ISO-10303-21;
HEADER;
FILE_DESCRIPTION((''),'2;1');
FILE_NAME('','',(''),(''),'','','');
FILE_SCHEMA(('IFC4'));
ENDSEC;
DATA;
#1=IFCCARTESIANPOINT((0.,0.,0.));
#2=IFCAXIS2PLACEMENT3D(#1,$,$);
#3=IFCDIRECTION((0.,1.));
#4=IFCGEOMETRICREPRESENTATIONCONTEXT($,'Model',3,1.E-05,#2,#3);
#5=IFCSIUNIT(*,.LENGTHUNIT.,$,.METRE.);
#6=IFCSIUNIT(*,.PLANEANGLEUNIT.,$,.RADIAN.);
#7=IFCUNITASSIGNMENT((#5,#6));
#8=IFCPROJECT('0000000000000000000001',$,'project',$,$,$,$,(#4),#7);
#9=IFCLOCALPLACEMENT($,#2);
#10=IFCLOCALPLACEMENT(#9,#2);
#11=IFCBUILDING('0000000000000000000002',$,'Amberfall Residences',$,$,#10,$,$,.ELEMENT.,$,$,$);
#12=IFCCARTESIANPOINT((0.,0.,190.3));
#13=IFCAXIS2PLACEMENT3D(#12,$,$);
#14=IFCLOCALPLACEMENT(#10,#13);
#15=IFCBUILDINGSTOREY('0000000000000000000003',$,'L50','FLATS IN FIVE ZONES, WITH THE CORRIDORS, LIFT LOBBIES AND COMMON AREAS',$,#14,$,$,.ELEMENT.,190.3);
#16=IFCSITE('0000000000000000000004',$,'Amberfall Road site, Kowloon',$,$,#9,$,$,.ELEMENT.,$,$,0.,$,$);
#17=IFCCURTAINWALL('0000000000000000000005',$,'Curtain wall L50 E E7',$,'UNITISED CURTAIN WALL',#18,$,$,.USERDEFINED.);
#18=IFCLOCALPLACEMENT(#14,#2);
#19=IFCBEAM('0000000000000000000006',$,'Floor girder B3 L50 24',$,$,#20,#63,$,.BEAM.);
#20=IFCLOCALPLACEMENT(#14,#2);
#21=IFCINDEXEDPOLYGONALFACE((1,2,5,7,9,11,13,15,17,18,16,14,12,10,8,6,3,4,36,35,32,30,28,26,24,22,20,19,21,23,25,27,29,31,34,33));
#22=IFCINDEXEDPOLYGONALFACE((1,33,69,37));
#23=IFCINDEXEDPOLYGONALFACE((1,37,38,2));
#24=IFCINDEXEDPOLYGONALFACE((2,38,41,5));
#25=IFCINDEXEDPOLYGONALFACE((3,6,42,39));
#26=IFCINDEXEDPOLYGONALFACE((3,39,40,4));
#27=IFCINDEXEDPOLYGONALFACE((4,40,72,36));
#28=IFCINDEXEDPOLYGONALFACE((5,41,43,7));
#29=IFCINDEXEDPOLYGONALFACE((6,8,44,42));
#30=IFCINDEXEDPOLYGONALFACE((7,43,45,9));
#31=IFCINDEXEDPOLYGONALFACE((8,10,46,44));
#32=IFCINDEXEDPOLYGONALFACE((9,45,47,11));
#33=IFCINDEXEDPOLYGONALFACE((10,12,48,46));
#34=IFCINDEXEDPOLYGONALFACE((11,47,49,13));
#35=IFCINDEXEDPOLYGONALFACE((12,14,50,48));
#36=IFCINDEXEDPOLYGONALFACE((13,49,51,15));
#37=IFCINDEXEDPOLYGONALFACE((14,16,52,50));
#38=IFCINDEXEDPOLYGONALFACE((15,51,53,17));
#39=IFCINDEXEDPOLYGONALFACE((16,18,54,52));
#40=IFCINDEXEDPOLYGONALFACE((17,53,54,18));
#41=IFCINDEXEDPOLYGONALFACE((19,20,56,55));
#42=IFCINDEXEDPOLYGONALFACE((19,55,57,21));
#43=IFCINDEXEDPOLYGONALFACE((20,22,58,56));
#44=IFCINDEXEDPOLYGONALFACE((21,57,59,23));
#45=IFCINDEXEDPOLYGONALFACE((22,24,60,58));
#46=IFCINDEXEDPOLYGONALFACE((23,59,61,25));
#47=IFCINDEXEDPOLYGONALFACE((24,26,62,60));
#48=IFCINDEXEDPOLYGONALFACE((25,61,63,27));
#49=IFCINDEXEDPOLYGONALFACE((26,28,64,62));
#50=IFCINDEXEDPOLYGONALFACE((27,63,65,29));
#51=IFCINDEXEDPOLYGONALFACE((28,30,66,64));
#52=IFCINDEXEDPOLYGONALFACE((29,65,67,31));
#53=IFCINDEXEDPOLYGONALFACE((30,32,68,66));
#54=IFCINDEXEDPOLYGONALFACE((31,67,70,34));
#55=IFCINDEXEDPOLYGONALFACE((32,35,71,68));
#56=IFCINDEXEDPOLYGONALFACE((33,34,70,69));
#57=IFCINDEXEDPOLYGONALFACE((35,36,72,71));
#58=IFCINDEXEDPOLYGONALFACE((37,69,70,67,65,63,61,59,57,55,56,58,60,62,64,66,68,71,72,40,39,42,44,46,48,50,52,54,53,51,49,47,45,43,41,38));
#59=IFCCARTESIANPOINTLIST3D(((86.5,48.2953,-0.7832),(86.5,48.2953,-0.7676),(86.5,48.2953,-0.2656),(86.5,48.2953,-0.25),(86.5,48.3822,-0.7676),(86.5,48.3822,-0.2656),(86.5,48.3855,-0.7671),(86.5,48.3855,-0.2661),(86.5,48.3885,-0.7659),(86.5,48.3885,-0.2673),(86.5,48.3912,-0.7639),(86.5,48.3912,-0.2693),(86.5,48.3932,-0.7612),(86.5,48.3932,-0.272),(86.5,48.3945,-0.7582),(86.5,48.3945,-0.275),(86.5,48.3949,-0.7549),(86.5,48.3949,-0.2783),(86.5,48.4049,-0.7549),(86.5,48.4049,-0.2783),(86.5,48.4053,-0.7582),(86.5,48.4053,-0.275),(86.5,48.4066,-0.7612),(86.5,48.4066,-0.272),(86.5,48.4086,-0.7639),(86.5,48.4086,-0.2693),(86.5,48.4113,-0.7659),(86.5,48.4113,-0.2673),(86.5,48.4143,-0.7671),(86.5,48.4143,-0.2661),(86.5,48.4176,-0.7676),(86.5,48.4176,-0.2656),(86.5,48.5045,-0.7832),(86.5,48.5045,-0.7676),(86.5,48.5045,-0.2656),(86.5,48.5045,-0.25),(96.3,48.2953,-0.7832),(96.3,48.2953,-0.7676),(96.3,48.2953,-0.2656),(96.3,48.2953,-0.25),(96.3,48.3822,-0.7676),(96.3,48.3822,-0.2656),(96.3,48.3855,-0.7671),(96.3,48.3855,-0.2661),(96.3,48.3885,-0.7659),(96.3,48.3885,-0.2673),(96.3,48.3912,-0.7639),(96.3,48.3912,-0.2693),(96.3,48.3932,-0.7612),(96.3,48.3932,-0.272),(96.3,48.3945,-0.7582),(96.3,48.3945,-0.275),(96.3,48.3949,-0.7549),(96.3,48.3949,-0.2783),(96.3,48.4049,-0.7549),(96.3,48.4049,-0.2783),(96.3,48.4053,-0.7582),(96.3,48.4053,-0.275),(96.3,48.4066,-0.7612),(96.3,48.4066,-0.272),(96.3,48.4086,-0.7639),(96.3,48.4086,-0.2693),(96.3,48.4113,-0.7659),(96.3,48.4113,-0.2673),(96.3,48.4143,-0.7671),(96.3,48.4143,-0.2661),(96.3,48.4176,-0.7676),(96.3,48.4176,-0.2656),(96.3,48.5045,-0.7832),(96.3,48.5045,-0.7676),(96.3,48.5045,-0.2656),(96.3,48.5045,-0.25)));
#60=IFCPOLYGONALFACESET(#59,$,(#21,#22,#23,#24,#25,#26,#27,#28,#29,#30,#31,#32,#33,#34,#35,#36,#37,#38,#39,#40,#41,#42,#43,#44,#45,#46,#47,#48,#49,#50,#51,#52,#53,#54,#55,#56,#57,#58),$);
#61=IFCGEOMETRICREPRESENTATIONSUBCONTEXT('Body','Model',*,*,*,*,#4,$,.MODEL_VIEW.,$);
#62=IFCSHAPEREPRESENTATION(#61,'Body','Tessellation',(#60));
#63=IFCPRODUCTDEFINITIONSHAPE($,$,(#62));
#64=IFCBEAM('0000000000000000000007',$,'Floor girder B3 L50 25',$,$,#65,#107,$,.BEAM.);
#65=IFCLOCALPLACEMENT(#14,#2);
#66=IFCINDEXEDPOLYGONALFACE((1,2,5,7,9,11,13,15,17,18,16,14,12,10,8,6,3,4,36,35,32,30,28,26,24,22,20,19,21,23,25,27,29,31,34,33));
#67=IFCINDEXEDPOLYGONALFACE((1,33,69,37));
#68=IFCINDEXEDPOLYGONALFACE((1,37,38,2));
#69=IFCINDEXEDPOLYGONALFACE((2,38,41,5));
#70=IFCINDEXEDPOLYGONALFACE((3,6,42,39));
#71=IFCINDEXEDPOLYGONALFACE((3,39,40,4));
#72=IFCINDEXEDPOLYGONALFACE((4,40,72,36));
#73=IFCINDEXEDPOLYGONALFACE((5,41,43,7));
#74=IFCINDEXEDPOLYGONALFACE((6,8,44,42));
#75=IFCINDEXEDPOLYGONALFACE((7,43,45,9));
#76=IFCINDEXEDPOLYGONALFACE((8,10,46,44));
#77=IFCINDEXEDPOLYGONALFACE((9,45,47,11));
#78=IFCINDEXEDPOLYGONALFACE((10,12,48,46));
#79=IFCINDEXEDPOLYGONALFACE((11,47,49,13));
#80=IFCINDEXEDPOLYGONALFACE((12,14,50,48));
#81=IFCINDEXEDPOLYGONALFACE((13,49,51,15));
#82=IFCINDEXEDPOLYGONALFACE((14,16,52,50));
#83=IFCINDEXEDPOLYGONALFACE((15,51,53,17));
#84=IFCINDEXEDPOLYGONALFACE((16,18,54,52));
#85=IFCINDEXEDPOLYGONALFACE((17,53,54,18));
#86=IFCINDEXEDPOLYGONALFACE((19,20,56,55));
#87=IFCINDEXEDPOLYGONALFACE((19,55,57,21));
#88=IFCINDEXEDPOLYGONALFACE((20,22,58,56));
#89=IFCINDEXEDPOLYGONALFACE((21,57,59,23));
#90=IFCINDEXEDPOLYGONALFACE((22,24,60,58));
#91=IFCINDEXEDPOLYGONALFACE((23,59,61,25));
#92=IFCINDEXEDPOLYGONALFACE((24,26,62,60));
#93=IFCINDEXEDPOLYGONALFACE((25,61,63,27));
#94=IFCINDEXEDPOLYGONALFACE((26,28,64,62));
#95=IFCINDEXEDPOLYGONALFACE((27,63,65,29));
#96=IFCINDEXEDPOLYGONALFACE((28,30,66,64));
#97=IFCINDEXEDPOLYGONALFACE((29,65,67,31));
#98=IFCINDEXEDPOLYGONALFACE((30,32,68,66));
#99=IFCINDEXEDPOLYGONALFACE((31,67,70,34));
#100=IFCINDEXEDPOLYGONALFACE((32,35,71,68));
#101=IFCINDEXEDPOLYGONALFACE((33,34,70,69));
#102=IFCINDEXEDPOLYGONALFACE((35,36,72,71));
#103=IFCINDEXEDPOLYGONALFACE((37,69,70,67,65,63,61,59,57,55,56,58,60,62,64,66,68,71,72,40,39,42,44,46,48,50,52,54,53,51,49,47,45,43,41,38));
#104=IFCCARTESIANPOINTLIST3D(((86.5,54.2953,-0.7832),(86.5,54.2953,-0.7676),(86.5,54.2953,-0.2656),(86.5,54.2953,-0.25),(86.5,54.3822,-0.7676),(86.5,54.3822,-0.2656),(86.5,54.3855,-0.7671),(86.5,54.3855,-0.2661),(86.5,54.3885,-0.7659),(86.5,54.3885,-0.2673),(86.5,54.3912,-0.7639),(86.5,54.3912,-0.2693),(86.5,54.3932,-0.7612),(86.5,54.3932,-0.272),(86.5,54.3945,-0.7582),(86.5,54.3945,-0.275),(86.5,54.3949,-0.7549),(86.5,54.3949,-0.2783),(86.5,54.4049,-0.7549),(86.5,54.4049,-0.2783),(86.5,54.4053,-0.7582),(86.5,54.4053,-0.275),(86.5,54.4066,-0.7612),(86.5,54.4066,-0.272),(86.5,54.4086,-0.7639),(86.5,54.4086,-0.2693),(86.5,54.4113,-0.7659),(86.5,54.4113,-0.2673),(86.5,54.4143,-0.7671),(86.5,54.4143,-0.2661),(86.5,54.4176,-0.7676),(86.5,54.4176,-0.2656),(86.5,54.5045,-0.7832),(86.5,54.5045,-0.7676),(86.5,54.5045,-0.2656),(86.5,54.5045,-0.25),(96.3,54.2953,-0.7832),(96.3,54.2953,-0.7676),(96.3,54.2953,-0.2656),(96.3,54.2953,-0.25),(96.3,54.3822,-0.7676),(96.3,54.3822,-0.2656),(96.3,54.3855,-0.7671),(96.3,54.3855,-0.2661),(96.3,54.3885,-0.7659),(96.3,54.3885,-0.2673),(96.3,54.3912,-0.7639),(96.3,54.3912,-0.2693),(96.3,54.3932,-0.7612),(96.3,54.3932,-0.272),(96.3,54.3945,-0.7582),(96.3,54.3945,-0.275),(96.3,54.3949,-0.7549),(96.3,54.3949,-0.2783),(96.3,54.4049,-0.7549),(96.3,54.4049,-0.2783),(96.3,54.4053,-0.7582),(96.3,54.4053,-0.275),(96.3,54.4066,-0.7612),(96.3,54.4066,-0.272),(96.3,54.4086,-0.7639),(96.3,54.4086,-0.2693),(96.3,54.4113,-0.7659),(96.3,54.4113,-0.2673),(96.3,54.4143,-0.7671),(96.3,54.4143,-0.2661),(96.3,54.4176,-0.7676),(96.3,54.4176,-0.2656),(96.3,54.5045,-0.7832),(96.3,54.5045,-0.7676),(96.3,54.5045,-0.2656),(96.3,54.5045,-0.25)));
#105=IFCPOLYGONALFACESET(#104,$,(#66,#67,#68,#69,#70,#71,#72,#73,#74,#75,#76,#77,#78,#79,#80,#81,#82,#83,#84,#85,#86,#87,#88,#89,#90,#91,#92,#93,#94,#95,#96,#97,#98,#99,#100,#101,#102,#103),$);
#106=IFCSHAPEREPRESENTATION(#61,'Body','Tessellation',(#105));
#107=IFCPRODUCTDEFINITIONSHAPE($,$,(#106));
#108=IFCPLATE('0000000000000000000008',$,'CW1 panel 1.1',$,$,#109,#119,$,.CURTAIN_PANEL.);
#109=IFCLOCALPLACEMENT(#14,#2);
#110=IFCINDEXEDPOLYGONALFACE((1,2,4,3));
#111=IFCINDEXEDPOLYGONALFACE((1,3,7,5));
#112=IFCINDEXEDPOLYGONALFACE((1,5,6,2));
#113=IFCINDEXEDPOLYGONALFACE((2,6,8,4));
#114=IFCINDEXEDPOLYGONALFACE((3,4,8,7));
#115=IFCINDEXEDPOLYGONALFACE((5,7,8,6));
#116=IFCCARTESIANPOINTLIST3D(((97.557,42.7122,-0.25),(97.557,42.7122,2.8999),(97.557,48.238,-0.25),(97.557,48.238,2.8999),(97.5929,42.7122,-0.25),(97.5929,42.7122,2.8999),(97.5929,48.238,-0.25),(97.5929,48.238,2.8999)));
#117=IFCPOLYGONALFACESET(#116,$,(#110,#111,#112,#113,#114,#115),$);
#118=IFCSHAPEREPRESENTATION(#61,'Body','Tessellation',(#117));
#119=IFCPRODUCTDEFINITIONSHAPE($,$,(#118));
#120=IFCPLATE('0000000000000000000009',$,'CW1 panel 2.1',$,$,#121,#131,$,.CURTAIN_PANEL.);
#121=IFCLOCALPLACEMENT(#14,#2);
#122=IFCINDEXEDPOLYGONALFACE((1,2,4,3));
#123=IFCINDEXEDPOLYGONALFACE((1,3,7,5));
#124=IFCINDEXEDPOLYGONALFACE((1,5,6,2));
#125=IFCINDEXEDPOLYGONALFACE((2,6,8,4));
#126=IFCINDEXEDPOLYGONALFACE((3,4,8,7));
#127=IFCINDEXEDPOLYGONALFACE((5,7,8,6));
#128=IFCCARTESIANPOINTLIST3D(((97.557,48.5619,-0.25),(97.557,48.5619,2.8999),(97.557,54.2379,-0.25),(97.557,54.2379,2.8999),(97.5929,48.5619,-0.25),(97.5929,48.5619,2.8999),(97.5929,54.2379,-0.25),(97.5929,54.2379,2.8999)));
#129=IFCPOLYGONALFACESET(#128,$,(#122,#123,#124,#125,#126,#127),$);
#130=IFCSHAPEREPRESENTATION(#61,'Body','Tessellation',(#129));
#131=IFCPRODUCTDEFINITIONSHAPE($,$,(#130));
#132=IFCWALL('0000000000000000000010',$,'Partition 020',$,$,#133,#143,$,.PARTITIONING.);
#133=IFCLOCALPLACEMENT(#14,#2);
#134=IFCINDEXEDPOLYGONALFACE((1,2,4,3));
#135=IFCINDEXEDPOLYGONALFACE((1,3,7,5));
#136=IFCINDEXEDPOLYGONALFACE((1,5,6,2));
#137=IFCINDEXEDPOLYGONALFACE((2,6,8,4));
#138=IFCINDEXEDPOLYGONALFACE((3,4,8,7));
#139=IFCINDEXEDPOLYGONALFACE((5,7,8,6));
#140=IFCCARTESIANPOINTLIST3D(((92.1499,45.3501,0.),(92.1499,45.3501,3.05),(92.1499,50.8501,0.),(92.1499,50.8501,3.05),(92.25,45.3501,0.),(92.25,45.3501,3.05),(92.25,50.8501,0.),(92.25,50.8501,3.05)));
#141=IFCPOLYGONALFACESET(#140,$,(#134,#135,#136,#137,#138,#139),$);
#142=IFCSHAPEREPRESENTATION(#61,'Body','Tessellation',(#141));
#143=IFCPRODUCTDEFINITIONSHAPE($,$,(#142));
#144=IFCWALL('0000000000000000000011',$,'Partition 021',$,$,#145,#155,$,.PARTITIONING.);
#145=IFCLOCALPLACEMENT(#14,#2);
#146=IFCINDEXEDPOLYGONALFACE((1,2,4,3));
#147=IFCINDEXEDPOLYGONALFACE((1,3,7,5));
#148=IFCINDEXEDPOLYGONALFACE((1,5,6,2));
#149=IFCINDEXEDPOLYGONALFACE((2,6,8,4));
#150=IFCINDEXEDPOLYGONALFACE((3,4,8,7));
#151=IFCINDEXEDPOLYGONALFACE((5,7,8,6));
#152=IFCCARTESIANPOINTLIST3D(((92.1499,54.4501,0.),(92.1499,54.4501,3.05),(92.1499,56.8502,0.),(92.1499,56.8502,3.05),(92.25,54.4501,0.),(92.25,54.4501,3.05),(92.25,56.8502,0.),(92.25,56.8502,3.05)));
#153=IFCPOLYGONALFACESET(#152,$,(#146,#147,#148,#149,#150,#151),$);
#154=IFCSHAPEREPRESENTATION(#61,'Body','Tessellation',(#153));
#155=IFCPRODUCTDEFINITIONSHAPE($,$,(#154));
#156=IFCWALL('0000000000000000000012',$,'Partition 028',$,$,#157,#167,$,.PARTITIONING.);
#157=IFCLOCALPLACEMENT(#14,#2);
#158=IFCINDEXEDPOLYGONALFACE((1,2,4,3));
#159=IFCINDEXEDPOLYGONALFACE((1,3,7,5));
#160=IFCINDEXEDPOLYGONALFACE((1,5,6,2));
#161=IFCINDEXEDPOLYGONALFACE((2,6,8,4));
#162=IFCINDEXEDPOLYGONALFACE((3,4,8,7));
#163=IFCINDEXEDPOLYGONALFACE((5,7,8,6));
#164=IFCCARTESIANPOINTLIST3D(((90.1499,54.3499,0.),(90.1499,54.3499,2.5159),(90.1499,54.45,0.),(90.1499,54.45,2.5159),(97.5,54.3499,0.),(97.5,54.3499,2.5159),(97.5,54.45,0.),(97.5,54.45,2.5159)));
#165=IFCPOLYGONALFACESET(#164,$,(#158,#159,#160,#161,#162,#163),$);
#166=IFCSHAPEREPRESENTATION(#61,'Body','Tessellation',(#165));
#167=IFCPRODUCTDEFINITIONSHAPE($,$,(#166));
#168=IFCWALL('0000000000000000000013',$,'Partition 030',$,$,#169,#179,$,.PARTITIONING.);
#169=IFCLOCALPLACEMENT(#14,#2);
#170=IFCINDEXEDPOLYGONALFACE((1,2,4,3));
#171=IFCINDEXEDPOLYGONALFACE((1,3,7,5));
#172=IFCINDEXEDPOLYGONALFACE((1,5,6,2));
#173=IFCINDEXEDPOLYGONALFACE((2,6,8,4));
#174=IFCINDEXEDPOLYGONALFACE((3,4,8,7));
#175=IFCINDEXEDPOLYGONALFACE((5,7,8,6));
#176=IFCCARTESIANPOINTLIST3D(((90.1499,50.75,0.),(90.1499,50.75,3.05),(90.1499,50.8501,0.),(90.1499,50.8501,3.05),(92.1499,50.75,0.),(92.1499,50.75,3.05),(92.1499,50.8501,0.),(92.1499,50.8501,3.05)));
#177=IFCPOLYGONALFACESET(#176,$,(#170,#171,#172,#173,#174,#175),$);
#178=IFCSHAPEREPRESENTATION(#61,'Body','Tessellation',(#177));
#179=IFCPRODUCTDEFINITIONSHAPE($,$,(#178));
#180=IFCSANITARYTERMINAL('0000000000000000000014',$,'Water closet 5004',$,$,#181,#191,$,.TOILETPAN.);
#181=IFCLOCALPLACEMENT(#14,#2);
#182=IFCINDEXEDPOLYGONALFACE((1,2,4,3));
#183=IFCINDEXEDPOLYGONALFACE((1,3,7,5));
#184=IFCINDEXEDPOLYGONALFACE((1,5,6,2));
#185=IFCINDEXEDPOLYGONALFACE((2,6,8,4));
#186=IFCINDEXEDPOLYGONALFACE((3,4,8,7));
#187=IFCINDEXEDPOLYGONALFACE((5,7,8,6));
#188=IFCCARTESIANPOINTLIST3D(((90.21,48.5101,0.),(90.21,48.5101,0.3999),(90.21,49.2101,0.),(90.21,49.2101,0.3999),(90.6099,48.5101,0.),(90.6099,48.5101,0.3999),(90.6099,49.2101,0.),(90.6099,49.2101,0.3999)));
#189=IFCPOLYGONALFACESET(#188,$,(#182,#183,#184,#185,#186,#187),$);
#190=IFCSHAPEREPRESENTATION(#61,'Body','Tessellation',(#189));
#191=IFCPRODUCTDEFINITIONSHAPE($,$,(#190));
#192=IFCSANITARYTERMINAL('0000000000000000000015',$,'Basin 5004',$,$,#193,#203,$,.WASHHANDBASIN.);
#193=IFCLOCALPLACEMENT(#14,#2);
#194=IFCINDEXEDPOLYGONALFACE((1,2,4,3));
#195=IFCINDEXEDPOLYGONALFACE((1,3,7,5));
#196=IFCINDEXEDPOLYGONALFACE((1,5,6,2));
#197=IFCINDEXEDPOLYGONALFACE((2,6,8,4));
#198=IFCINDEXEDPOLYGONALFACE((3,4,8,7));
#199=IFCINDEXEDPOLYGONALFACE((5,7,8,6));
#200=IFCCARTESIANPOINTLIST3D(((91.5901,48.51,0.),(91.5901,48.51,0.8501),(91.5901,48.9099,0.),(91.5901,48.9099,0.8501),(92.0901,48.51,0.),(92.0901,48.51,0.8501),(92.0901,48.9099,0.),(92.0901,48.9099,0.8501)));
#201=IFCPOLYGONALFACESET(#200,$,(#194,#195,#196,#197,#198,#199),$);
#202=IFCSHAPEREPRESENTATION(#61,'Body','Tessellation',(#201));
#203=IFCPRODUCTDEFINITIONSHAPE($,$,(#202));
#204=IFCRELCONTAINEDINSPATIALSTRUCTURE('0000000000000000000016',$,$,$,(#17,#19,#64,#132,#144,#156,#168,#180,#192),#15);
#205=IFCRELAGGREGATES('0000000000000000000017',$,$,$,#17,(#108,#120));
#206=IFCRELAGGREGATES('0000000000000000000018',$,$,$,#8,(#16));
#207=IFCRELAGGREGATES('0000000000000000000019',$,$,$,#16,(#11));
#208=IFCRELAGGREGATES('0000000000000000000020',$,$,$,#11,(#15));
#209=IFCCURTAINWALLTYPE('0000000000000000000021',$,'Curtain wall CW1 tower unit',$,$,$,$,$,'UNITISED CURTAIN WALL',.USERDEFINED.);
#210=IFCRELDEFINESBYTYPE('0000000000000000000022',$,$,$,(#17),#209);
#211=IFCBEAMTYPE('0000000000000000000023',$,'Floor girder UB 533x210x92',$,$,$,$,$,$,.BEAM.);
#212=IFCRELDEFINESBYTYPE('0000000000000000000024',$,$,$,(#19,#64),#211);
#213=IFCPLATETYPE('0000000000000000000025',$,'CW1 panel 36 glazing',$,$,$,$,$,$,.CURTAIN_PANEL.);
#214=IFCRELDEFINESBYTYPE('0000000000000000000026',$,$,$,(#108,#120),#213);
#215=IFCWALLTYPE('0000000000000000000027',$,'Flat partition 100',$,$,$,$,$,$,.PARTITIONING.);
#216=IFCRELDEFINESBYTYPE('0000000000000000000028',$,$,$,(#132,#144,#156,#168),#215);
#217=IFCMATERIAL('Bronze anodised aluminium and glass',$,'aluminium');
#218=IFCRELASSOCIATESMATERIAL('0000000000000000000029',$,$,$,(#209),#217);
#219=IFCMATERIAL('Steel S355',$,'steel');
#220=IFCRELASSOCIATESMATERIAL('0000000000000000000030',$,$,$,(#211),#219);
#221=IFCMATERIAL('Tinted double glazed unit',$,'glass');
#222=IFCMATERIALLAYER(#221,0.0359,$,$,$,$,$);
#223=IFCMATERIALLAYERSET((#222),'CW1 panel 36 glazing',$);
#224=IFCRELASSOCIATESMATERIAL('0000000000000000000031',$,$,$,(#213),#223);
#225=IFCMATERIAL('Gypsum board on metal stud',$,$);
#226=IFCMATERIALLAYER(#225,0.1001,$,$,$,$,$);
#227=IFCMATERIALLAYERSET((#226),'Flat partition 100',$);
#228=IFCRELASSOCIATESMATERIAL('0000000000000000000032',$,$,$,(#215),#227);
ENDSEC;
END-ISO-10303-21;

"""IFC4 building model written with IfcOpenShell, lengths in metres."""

from ifc_helpers import new_model, si_unit, direction, frame, frame_2d, origin, origin_2d, place, context, subcontext, project, spatial, rectangle, i_section, extrude, material, layer, layer_set, material_profile, profile_set, type_object, element, aggregate, save


model = new_model("IFC4")

# Units and contexts
model_context = context("Model", 3, precision=1e-05, world=origin(), true_north=direction((0.0, 1.0)))
body_context = subcontext(model_context, "Body", "Model", "MODEL_VIEW")
ifc_project = project(units=[si_unit("LENGTHUNIT", "METRE"), si_unit("PLANEANGLEUNIT", "RADIAN")], contexts=[model_context])

# Site, building, storey
site_placement = place(None, origin())
site = spatial("IfcSite", under=ifc_project, at=site_placement, Name="Amberfall Road site, Kowloon", CompositionType="ELEMENT", RefElevation=0.0)
building_placement = place(site_placement, origin())
building = spatial("IfcBuilding", under=site, at=building_placement, Name="Amberfall Residences", CompositionType="ELEMENT")
storey_placement = place(building_placement, frame((0.0, 0.0, 190.3)))
storey = spatial("IfcBuildingStorey", under=building, at=storey_placement, Name="L50", Description="FLATS IN FIVE ZONES, WITH THE CORRIDORS, LIFT LOBBIES AND COMMON AREAS", CompositionType="ELEMENT", Elevation=190.3)

# Curtain wall
ifc_material_1 = material(Name="Bronze anodised aluminium and glass", Category="aluminium")
curtain_wall_type = type_object("IfcCurtainWallType", Name="Curtain wall CW1 tower unit", ElementType="UNITISED CURTAIN WALL", PredefinedType="USERDEFINED", material=ifc_material_1)
curtain_wall_placement = place(storey_placement, origin())
curtain_wall = element("IfcCurtainWall", 1, at=curtain_wall_placement, inside=storey, type_object=curtain_wall_type, Name="Curtain wall L50 E E7", ObjectType="UNITISED CURTAIN WALL", PredefinedType="USERDEFINED")

# Shared definitions
ifc_material_2 = material(Name="Steel S355", Category="steel")

# Beams
ifc_material_profile_1 = material_profile(ifc_material_2, i_section(OverallWidth=0.2092, OverallDepth=0.5332, WebThickness=0.01, FlangeThickness=0.0156, FilletRadius=0.0127, at=origin_2d()), Name="UB 533x210x92")
ifc_profile_set_1 = profile_set([ifc_material_profile_1], Name="Steel S355")
beam_type_1 = type_object("IfcBeamType", Name="Floor girder UB 533x210x92", PredefinedType="BEAM", material=ifc_profile_set_1)
for number, where, z_axis, x_axis, name in (
    (2, (96.3, 48.3999, -0.5166), (-1.0, 0.0, 0.0), (0.0, -1.0, 0.0), "Floor girder B3 L50 24"),
    (3, (96.3, 54.3999, -0.5166), (-1.0, 0.0, 0.0), (0.0, -1.0, 0.0), "Floor girder B3 L50 25"),
):
    element("IfcBeam", number, at=place(storey_placement, frame(where, z_axis=z_axis, x_axis=x_axis)), inside=storey, type_object=beam_type_1, Name=name, PredefinedType="BEAM", context=body_context, shape_type="SweptSolid", body=[
        extrude(i_section(OverallWidth=0.2092, OverallDepth=0.5332, WebThickness=0.01, FlangeThickness=0.0156, FilletRadius=0.0127, at=origin_2d()), origin(), (0.0, 0.0, 1.0), 9.8),
    ])

# Plates
ifc_material_3 = material(Name="Tinted double glazed unit", Category="glass")
ifc_layer_1 = layer(ifc_material_3, 0.0359)
ifc_layer_set_1 = layer_set([ifc_layer_1], Name="CW1 panel 36 glazing")
plate_type = type_object("IfcPlateType", Name="CW1 panel 36 glazing", PredefinedType="CURTAIN_PANEL", material=ifc_layer_set_1)
plate_1_placement = place(storey_placement, frame((97.575, 45.4751, -0.25), z_axis=(0.0, 0.0, 1.0), x_axis=(0.0, 1.0, 0.0)))
plate_1 = element("IfcPlate", 4, at=plate_1_placement, type_object=plate_type, Name="CW1 panel 1.1", PredefinedType="CURTAIN_PANEL", context=body_context, shape_type="SweptSolid", body=[
    extrude(rectangle(XDim=5.5259, YDim=0.0359, at=origin_2d()), origin(), (0.0, 0.0, 1.0), 3.1499),
])
plate_2_placement = place(storey_placement, frame((97.575, 51.3999, -0.25), z_axis=(0.0, 0.0, 1.0), x_axis=(0.0, 1.0, 0.0)))
plate_2 = element("IfcPlate", 5, at=plate_2_placement, type_object=plate_type, Name="CW1 panel 2.1", PredefinedType="CURTAIN_PANEL", context=body_context, shape_type="SweptSolid", body=[
    extrude(rectangle(XDim=5.676, YDim=0.0359, at=origin_2d()), origin(), (0.0, 0.0, 1.0), 3.1499),
])
aggregate(curtain_wall, [plate_1, plate_2])

# Walls
ifc_material_4 = material(Name="Gypsum board on metal stud")
ifc_layer_2 = layer(ifc_material_4, 0.1001)
ifc_layer_set_2 = layer_set([ifc_layer_2], Name="Flat partition 100")
wall_type = type_object("IfcWallType", Name="Flat partition 100", PredefinedType="PARTITIONING", material=ifc_layer_set_2)
wall_1_placement = place(storey_placement, frame((92.2, 45.3501, 0.0), z_axis=(0.0, 0.0, 1.0), x_axis=(0.0, 1.0, 0.0)))
element("IfcWall", 6, at=wall_1_placement, inside=storey, type_object=wall_type, Name="Partition 020", PredefinedType="PARTITIONING", context=body_context, shape_type="SweptSolid", body=[
    extrude(rectangle(XDim=5.5, YDim=0.1001, at=frame_2d((2.75, 0.0))), origin(), (0.0, 0.0, 1.0), 3.05),
])
wall_2_placement = place(storey_placement, frame((92.2, 54.45, 0.0), z_axis=(0.0, 0.0, 1.0), x_axis=(0.0, 1.0, 0.0)))
element("IfcWall", 7, at=wall_2_placement, inside=storey, type_object=wall_type, Name="Partition 021", PredefinedType="PARTITIONING", context=body_context, shape_type="SweptSolid", body=[
    extrude(rectangle(XDim=2.4001, YDim=0.1001, at=frame_2d((1.2002, 0.0))), origin(), (0.0, 0.0, 1.0), 3.05),
])
wall_3_placement = place(storey_placement, frame((90.1499, 54.3999, 0.0), z_axis=(0.0, 0.0, 1.0), x_axis=(1.0, 0.0, 0.0)))
element("IfcWall", 8, at=wall_3_placement, inside=storey, type_object=wall_type, Name="Partition 028", PredefinedType="PARTITIONING", context=body_context, shape_type="SweptSolid", body=[
    extrude(rectangle(XDim=7.3501, YDim=0.1001, at=frame_2d((3.675, 0.0))), origin(), (0.0, 0.0, 1.0), 2.5159),
])
wall_4_placement = place(storey_placement, frame((90.1499, 50.8, 0.0), z_axis=(0.0, 0.0, 1.0), x_axis=(1.0, 0.0, 0.0)))
element("IfcWall", 9, at=wall_4_placement, inside=storey, type_object=wall_type, Name="Partition 030", PredefinedType="PARTITIONING", context=body_context, shape_type="SweptSolid", body=[
    extrude(rectangle(XDim=2.0, YDim=0.1001, at=frame_2d((1.0, 0.0))), origin(), (0.0, 0.0, 1.0), 3.05),
])

# Sanitary terminals
sanitary_terminal_1_placement = place(storey_placement, frame((90.4099, 48.8601, 0.0), z_axis=(0.0, 0.0, 1.0), x_axis=(1.0, 0.0, 0.0)))
element("IfcSanitaryTerminal", 10, at=sanitary_terminal_1_placement, inside=storey, Name="Water closet 5004", PredefinedType="TOILETPAN", context=body_context, shape_type="SweptSolid", body=[
    extrude(rectangle(XDim=0.3999, YDim=0.7, at=origin_2d()), origin(), (0.0, 0.0, 1.0), 0.3999),
])
sanitary_terminal_2_placement = place(storey_placement, frame((91.8401, 48.71, 0.0), z_axis=(0.0, 0.0, 1.0), x_axis=(1.0, 0.0, 0.0)))
element("IfcSanitaryTerminal", 11, at=sanitary_terminal_2_placement, inside=storey, Name="Basin 5004", PredefinedType="WASHHANDBASIN", context=body_context, shape_type="SweptSolid", body=[
    extrude(rectangle(XDim=0.5, YDim=0.3999, at=origin_2d()), origin(), (0.0, 0.0, 1.0), 0.8501),
])

save(model, "model.ifc")
